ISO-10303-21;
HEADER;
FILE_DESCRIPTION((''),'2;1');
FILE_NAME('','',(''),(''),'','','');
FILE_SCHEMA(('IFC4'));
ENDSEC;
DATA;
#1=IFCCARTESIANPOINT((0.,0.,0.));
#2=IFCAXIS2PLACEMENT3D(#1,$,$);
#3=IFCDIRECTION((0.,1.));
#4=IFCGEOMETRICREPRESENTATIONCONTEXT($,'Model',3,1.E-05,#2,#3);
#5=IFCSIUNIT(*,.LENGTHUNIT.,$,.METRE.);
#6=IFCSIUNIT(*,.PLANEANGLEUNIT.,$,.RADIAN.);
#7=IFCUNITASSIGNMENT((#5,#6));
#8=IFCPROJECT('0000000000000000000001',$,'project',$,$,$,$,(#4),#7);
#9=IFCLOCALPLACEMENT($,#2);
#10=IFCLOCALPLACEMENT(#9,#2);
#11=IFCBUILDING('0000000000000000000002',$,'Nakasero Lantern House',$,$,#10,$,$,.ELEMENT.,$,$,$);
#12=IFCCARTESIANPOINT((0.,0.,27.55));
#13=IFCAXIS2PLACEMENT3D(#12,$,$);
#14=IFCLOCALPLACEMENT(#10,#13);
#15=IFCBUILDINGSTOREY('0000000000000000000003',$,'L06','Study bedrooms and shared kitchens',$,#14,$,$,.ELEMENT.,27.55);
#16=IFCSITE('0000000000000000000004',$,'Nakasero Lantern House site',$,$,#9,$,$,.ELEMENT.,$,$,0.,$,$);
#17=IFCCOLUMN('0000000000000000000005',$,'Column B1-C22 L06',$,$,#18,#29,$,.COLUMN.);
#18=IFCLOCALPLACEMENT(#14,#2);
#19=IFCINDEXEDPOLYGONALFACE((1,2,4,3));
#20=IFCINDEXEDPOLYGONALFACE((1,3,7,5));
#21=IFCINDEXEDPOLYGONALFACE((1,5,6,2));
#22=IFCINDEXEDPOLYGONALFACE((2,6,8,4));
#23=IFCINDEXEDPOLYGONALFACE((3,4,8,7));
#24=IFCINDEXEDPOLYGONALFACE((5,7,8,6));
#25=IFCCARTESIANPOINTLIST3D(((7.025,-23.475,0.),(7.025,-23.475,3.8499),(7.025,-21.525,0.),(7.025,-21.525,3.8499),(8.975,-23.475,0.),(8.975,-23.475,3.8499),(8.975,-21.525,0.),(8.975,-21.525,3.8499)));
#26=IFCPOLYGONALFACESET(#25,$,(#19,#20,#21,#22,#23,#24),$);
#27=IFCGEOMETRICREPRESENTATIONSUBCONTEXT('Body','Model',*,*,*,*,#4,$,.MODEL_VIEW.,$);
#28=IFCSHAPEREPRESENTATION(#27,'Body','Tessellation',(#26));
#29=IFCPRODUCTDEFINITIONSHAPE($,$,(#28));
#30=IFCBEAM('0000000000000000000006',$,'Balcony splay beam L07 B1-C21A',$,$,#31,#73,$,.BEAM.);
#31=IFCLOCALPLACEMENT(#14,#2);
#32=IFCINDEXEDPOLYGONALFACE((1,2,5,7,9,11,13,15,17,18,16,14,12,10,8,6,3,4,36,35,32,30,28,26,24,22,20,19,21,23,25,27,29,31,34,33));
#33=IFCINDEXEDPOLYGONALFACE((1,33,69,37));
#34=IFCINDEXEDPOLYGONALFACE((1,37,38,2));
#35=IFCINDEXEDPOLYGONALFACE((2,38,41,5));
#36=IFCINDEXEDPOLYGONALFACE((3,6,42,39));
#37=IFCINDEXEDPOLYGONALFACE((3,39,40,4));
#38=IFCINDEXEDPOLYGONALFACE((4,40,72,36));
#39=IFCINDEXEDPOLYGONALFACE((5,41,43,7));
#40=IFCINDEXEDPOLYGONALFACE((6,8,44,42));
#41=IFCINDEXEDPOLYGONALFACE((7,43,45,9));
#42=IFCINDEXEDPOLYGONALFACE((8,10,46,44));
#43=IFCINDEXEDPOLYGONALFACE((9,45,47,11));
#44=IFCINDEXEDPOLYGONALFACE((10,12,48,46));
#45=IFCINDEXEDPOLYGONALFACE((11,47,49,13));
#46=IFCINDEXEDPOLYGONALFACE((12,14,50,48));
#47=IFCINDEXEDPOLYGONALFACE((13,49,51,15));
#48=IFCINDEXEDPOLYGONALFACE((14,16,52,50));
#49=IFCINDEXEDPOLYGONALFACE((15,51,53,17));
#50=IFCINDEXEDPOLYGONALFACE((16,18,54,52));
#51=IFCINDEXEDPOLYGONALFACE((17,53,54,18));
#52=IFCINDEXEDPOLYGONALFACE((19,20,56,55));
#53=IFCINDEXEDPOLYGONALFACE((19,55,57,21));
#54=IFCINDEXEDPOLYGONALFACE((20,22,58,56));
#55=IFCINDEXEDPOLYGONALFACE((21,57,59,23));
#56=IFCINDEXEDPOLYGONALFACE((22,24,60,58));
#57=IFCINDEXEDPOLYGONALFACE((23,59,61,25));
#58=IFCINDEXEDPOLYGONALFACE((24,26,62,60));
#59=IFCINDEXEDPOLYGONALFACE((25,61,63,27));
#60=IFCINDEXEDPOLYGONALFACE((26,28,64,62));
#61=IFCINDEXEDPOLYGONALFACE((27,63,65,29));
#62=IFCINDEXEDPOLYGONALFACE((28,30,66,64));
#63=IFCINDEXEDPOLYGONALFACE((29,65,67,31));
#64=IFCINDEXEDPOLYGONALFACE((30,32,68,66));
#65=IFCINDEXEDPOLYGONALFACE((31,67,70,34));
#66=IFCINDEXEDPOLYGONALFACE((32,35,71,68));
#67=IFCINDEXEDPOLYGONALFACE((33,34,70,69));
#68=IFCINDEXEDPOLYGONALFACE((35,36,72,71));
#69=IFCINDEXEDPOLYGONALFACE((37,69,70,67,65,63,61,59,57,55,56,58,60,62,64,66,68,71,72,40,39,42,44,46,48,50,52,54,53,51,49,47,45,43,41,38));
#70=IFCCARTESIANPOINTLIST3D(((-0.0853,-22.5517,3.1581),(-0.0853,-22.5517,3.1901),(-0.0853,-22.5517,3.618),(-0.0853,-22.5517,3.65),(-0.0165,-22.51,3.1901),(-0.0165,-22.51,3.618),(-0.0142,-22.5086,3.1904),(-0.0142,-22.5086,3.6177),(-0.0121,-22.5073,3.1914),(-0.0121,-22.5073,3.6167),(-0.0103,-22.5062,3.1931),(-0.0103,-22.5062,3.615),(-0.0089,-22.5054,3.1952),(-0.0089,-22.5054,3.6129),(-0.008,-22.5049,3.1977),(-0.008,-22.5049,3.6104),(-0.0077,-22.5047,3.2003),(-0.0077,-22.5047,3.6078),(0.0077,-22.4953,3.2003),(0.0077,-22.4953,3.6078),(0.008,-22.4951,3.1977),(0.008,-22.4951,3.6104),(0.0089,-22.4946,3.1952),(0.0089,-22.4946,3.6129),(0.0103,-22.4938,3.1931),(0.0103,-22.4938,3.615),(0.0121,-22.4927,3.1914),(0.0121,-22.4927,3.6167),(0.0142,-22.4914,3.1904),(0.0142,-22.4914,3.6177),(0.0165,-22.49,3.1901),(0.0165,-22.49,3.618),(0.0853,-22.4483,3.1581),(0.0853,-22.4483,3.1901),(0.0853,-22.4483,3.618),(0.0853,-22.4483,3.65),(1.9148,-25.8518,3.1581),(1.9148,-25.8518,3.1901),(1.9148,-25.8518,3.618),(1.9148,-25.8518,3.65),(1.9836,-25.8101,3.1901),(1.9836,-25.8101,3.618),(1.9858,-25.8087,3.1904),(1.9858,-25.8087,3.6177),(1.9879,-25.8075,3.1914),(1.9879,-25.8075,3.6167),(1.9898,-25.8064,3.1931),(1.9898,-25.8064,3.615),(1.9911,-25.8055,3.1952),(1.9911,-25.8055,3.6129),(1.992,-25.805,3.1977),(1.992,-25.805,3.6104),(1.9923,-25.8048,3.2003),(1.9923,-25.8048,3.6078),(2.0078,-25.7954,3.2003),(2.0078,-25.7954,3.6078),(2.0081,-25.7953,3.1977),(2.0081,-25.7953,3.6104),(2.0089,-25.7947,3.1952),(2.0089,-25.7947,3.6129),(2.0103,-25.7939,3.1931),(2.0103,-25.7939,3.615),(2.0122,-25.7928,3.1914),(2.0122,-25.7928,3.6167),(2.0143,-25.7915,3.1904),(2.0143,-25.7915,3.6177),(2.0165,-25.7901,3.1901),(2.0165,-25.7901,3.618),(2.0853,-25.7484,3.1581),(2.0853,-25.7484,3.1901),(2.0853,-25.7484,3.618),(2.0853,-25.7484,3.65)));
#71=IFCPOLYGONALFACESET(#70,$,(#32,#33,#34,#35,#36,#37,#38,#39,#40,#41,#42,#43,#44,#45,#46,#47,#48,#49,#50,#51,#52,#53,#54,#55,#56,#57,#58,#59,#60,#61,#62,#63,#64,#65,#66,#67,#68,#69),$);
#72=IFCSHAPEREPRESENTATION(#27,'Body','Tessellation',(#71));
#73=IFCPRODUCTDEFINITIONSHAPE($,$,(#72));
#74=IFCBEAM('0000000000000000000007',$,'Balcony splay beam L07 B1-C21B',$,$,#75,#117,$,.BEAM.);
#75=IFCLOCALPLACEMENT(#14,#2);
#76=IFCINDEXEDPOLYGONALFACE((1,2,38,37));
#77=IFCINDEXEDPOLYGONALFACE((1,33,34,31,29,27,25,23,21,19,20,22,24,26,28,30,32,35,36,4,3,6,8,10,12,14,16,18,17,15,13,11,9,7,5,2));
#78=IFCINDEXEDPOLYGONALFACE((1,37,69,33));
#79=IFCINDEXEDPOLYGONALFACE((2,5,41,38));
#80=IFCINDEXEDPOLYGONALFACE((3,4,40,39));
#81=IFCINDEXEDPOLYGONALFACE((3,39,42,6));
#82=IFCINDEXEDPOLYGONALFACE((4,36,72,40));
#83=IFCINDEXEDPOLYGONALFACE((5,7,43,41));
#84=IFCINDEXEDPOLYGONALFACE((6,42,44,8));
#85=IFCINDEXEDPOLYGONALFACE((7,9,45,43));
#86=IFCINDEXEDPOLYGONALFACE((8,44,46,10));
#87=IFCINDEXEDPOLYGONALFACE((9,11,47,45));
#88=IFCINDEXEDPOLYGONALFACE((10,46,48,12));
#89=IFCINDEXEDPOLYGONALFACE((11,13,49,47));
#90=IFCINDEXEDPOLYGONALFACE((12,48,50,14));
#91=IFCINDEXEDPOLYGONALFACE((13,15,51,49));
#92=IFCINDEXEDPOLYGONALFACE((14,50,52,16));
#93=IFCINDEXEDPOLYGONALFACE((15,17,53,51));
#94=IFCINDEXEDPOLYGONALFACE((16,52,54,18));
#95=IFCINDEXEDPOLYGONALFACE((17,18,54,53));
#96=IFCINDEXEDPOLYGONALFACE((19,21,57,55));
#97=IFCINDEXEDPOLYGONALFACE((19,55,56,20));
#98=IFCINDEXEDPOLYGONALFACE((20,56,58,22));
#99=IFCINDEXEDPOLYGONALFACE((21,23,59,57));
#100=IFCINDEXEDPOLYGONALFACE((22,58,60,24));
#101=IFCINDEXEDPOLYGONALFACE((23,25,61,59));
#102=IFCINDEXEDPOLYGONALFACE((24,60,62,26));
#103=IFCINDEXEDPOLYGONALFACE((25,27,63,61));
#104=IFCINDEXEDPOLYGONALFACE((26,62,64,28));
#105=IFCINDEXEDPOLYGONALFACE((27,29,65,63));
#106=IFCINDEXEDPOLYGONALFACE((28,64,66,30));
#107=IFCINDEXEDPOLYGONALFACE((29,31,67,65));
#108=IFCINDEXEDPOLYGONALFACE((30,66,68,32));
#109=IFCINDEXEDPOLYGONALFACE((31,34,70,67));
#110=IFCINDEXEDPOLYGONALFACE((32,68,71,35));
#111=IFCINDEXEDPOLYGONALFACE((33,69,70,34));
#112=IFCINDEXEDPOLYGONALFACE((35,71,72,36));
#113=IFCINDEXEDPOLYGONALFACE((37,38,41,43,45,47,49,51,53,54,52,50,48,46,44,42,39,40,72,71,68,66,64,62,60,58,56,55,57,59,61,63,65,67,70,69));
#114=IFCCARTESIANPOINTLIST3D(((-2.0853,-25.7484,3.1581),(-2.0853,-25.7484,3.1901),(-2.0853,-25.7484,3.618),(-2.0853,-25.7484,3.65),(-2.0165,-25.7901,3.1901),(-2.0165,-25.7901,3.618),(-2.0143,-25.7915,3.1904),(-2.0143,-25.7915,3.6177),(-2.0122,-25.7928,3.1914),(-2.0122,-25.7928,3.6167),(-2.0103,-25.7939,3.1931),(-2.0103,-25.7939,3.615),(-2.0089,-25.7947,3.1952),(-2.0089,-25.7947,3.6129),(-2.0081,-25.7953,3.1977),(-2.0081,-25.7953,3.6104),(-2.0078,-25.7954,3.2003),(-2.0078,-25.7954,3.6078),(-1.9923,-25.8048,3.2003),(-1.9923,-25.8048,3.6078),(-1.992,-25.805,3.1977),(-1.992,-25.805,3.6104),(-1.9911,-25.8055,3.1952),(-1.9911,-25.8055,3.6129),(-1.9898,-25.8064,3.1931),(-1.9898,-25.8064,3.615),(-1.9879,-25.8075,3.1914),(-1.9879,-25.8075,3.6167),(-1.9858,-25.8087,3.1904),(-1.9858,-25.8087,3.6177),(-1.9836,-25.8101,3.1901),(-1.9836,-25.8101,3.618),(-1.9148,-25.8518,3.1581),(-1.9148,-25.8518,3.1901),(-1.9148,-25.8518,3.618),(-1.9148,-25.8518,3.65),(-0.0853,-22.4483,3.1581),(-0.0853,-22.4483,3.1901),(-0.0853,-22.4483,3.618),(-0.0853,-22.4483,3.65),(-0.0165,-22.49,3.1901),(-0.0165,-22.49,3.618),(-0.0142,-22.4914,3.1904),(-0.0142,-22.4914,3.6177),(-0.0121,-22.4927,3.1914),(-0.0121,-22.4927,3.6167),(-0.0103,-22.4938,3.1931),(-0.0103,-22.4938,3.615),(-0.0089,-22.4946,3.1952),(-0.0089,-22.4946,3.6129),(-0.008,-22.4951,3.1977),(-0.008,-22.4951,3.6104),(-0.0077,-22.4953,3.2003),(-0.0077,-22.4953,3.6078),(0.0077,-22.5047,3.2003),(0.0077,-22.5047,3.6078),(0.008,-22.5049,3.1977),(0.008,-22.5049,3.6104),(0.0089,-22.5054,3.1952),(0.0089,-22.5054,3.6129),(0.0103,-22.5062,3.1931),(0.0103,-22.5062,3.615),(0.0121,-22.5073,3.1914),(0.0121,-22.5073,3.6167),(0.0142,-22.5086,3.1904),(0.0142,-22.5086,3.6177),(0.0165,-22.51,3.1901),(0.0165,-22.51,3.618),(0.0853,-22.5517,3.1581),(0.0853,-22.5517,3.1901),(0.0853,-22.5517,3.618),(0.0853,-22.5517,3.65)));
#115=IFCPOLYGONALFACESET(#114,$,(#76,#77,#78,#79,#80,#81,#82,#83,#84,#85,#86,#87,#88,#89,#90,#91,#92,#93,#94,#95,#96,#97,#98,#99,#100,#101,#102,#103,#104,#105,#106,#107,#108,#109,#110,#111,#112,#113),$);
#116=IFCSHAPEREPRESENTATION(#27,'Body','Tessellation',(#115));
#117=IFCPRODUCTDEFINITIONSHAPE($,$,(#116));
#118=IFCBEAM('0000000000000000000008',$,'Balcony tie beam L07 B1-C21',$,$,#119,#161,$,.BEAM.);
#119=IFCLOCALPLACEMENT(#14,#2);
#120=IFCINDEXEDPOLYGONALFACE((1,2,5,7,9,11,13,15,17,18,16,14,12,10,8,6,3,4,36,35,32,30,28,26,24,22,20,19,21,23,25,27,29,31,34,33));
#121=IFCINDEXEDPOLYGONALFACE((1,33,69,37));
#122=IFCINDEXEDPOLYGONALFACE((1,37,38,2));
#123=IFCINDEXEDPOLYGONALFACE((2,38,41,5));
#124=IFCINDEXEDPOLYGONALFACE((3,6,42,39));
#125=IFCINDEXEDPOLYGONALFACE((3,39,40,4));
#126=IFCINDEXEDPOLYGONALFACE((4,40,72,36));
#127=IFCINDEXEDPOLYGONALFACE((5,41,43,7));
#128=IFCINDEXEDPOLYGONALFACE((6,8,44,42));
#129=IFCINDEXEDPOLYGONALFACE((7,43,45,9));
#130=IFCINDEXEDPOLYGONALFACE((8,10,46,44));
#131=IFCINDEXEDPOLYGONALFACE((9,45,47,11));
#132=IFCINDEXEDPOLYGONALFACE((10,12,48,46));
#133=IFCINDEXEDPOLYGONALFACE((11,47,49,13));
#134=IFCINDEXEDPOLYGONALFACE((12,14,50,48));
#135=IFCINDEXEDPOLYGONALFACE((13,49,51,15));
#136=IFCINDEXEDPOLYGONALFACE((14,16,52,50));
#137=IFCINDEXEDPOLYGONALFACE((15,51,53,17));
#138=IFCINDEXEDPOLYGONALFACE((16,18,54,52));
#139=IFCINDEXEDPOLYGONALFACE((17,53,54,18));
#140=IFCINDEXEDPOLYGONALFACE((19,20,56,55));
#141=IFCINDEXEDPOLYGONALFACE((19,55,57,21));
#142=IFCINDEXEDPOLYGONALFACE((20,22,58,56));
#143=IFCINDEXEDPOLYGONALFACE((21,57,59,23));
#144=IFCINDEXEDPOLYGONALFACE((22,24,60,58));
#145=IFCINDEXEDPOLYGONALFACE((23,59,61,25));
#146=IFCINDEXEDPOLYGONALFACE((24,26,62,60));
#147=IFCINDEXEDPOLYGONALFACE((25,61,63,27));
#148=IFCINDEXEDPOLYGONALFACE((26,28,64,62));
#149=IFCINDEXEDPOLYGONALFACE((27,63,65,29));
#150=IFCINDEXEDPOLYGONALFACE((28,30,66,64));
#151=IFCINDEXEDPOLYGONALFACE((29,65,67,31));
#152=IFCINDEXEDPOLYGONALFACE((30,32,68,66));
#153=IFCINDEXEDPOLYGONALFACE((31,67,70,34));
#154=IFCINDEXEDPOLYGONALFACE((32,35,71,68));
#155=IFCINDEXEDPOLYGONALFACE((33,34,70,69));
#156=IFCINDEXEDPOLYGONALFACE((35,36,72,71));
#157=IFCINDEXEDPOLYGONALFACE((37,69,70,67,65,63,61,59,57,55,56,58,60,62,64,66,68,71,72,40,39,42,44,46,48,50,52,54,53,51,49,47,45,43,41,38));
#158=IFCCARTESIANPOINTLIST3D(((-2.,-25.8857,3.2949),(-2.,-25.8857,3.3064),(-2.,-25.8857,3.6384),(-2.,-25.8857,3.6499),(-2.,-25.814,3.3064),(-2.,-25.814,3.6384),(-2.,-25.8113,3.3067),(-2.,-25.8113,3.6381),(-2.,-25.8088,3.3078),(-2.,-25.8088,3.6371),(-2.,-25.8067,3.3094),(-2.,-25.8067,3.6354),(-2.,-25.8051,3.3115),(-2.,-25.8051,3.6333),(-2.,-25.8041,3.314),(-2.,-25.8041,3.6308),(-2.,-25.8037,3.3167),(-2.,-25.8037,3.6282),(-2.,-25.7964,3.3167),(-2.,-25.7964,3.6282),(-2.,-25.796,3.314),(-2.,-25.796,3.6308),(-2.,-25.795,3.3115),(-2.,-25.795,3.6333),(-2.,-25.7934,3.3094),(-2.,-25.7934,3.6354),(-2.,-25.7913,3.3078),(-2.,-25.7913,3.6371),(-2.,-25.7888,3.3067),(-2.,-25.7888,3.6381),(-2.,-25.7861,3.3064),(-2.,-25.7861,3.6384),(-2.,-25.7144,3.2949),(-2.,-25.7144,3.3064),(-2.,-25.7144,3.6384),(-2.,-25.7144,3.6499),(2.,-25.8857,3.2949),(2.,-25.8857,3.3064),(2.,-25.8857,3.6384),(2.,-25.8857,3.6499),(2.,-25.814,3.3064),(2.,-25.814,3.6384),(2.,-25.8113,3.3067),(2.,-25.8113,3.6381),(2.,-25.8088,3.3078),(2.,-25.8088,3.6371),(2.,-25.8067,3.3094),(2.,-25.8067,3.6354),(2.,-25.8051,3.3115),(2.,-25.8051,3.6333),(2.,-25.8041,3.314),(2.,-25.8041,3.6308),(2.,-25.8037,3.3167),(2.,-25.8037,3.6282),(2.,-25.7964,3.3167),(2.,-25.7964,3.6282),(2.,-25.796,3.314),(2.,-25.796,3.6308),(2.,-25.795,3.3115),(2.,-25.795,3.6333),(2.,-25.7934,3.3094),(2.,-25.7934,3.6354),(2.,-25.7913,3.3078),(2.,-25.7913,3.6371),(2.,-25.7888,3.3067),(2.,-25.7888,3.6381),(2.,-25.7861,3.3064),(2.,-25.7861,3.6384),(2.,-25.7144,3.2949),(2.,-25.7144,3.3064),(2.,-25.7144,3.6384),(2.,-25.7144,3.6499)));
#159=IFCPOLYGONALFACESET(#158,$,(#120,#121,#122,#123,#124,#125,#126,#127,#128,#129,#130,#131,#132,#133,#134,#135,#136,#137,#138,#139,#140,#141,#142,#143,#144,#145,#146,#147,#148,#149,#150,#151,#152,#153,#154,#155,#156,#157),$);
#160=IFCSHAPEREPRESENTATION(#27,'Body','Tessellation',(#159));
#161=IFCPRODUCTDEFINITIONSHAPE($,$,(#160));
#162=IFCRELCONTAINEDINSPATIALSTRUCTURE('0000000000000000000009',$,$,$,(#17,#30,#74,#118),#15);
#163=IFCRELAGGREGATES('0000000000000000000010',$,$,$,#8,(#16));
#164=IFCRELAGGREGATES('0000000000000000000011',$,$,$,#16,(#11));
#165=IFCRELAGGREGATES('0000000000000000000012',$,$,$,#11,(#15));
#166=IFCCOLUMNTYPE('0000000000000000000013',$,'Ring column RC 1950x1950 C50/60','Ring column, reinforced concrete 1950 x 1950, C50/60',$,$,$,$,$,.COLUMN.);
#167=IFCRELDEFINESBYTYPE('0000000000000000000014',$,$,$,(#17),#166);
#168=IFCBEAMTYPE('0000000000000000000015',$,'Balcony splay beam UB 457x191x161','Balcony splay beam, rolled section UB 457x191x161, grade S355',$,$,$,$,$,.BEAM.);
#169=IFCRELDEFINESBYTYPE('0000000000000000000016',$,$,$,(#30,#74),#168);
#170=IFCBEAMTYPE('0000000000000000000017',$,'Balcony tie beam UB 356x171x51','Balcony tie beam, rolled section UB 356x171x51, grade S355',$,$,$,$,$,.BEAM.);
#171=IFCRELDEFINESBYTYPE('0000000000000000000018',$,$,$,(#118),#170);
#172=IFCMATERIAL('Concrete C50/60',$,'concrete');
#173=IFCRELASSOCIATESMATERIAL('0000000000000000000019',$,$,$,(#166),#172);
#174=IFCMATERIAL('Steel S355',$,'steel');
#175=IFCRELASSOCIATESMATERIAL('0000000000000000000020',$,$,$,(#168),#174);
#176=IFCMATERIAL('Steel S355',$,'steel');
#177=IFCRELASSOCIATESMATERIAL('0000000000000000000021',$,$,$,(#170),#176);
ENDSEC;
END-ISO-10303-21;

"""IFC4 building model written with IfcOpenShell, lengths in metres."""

from ifc_helpers import new_model, si_unit, direction, frame, origin, origin_2d, place, context, subcontext, project, spatial, rectangle, i_section, extrude, material, material_profile, profile_set, type_object, element, save


model = new_model("IFC4")

# Units and contexts
model_context = context("Model", 3, precision=1e-05, world=origin(), true_north=direction((0.0, 1.0)))
body_context = subcontext(model_context, "Body", "Model", "MODEL_VIEW")
ifc_project = project(units=[si_unit("LENGTHUNIT", "METRE"), si_unit("PLANEANGLEUNIT", "RADIAN")], contexts=[model_context])

# Site, building, storey
site_placement = place(None, origin())
site = spatial("IfcSite", under=ifc_project, at=site_placement, Name="Nakasero Lantern House site", CompositionType="ELEMENT", RefElevation=0.0)
building_placement = place(site_placement, origin())
building = spatial("IfcBuilding", under=site, at=building_placement, Name="Nakasero Lantern House", CompositionType="ELEMENT")
storey_placement = place(building_placement, frame((0.0, 0.0, 27.55)))
storey = spatial("IfcBuildingStorey", under=building, at=storey_placement, Name="L06", Description="Study bedrooms and shared kitchens", CompositionType="ELEMENT", Elevation=27.55)

# Column
ifc_material_1 = material(Name="Concrete C50/60", Category="concrete")
ifc_material_profile_1 = material_profile(ifc_material_1, rectangle(XDim=1.95, YDim=1.95, at=origin_2d()), Name="RC 1950x1950")
ifc_profile_set_1 = profile_set([ifc_material_profile_1], Name="Concrete C50/60")
column_type = type_object("IfcColumnType", Name="Ring column RC 1950x1950 C50/60", Description="Ring column, reinforced concrete 1950 x 1950, C50/60", PredefinedType="COLUMN", material=ifc_profile_set_1)
column_placement = place(storey_placement, frame((8.0, -22.5, 0.0), z_axis=(0.0, 0.0, 1.0), x_axis=(1.0, 0.0, 0.0)))
element("IfcColumn", 1, at=column_placement, inside=storey, type_object=column_type, Name="Column B1-C22 L06", PredefinedType="COLUMN", context=body_context, shape_type="SweptSolid", body=[
    extrude(rectangle(XDim=1.95, YDim=1.95, at=origin_2d()), origin(), (0.0, 0.0, 1.0), 3.8499),
])

# Beams
ifc_material_2 = material(Name="Steel S355", Category="steel")
ifc_material_profile_2 = material_profile(ifc_material_2, i_section(OverallWidth=0.1995, OverallDepth=0.4919, WebThickness=0.0181, FlangeThickness=0.032, FilletRadius=0.0103, at=origin_2d()), Name="UB 457x191x161")
ifc_profile_set_2 = profile_set([ifc_material_profile_2], Name="Steel S355")
beam_type_1 = type_object("IfcBeamType", Name="Balcony splay beam UB 457x191x161", Description="Balcony splay beam, rolled section UB 457x191x161, grade S355", PredefinedType="BEAM", material=ifc_profile_set_2)
for number, where, z_axis, x_axis, name in (
    (2, (0.0, -22.5, 3.4041), (0.518296, -0.855201, 0.0), (0.855201, 0.518296, 0.0), "Balcony splay beam L07 B1-C21A"),
    (3, (0.0, -22.5, 3.4041), (-0.518296, -0.855201, 0.0), (0.855201, -0.518296, 0.0), "Balcony splay beam L07 B1-C21B"),
):
    element("IfcBeam", number, at=place(storey_placement, frame(where, z_axis=z_axis, x_axis=x_axis)), inside=storey, type_object=beam_type_1, Name=name, PredefinedType="BEAM", context=body_context, shape_type="SweptSolid", body=[
        extrude(i_section(OverallWidth=0.1995, OverallDepth=0.4919, WebThickness=0.0181, FlangeThickness=0.032, FilletRadius=0.0103, at=origin_2d()), origin(), (0.0, 0.0, 1.0), 3.8589),
    ])
ifc_material_3 = material(Name="Steel S355", Category="steel")
ifc_material_profile_3 = material_profile(ifc_material_3, i_section(OverallWidth=0.1714, OverallDepth=0.355, WebThickness=0.0073, FlangeThickness=0.0115, FilletRadius=0.0103, at=origin_2d()), Name="UB 356x171x51")
ifc_profile_set_3 = profile_set([ifc_material_profile_3], Name="Steel S355")
beam_type_2 = type_object("IfcBeamType", Name="Balcony tie beam UB 356x171x51", Description="Balcony tie beam, rolled section UB 356x171x51, grade S355", PredefinedType="BEAM", material=ifc_profile_set_3)
beam_1_placement = place(storey_placement, frame((2.0, -25.8, 3.4724), z_axis=(-1.0, 0.0, 0.0), x_axis=(0.0, -1.0, 0.0)))
element("IfcBeam", 4, at=beam_1_placement, inside=storey, type_object=beam_type_2, Name="Balcony tie beam L07 B1-C21", PredefinedType="BEAM", context=body_context, shape_type="SweptSolid", body=[
    extrude(i_section(OverallWidth=0.1714, OverallDepth=0.355, WebThickness=0.0073, FlangeThickness=0.0115, FilletRadius=0.0103, at=origin_2d()), origin(), (0.0, 0.0, 1.0), 4.0),
])

save(model, "model.ifc")
